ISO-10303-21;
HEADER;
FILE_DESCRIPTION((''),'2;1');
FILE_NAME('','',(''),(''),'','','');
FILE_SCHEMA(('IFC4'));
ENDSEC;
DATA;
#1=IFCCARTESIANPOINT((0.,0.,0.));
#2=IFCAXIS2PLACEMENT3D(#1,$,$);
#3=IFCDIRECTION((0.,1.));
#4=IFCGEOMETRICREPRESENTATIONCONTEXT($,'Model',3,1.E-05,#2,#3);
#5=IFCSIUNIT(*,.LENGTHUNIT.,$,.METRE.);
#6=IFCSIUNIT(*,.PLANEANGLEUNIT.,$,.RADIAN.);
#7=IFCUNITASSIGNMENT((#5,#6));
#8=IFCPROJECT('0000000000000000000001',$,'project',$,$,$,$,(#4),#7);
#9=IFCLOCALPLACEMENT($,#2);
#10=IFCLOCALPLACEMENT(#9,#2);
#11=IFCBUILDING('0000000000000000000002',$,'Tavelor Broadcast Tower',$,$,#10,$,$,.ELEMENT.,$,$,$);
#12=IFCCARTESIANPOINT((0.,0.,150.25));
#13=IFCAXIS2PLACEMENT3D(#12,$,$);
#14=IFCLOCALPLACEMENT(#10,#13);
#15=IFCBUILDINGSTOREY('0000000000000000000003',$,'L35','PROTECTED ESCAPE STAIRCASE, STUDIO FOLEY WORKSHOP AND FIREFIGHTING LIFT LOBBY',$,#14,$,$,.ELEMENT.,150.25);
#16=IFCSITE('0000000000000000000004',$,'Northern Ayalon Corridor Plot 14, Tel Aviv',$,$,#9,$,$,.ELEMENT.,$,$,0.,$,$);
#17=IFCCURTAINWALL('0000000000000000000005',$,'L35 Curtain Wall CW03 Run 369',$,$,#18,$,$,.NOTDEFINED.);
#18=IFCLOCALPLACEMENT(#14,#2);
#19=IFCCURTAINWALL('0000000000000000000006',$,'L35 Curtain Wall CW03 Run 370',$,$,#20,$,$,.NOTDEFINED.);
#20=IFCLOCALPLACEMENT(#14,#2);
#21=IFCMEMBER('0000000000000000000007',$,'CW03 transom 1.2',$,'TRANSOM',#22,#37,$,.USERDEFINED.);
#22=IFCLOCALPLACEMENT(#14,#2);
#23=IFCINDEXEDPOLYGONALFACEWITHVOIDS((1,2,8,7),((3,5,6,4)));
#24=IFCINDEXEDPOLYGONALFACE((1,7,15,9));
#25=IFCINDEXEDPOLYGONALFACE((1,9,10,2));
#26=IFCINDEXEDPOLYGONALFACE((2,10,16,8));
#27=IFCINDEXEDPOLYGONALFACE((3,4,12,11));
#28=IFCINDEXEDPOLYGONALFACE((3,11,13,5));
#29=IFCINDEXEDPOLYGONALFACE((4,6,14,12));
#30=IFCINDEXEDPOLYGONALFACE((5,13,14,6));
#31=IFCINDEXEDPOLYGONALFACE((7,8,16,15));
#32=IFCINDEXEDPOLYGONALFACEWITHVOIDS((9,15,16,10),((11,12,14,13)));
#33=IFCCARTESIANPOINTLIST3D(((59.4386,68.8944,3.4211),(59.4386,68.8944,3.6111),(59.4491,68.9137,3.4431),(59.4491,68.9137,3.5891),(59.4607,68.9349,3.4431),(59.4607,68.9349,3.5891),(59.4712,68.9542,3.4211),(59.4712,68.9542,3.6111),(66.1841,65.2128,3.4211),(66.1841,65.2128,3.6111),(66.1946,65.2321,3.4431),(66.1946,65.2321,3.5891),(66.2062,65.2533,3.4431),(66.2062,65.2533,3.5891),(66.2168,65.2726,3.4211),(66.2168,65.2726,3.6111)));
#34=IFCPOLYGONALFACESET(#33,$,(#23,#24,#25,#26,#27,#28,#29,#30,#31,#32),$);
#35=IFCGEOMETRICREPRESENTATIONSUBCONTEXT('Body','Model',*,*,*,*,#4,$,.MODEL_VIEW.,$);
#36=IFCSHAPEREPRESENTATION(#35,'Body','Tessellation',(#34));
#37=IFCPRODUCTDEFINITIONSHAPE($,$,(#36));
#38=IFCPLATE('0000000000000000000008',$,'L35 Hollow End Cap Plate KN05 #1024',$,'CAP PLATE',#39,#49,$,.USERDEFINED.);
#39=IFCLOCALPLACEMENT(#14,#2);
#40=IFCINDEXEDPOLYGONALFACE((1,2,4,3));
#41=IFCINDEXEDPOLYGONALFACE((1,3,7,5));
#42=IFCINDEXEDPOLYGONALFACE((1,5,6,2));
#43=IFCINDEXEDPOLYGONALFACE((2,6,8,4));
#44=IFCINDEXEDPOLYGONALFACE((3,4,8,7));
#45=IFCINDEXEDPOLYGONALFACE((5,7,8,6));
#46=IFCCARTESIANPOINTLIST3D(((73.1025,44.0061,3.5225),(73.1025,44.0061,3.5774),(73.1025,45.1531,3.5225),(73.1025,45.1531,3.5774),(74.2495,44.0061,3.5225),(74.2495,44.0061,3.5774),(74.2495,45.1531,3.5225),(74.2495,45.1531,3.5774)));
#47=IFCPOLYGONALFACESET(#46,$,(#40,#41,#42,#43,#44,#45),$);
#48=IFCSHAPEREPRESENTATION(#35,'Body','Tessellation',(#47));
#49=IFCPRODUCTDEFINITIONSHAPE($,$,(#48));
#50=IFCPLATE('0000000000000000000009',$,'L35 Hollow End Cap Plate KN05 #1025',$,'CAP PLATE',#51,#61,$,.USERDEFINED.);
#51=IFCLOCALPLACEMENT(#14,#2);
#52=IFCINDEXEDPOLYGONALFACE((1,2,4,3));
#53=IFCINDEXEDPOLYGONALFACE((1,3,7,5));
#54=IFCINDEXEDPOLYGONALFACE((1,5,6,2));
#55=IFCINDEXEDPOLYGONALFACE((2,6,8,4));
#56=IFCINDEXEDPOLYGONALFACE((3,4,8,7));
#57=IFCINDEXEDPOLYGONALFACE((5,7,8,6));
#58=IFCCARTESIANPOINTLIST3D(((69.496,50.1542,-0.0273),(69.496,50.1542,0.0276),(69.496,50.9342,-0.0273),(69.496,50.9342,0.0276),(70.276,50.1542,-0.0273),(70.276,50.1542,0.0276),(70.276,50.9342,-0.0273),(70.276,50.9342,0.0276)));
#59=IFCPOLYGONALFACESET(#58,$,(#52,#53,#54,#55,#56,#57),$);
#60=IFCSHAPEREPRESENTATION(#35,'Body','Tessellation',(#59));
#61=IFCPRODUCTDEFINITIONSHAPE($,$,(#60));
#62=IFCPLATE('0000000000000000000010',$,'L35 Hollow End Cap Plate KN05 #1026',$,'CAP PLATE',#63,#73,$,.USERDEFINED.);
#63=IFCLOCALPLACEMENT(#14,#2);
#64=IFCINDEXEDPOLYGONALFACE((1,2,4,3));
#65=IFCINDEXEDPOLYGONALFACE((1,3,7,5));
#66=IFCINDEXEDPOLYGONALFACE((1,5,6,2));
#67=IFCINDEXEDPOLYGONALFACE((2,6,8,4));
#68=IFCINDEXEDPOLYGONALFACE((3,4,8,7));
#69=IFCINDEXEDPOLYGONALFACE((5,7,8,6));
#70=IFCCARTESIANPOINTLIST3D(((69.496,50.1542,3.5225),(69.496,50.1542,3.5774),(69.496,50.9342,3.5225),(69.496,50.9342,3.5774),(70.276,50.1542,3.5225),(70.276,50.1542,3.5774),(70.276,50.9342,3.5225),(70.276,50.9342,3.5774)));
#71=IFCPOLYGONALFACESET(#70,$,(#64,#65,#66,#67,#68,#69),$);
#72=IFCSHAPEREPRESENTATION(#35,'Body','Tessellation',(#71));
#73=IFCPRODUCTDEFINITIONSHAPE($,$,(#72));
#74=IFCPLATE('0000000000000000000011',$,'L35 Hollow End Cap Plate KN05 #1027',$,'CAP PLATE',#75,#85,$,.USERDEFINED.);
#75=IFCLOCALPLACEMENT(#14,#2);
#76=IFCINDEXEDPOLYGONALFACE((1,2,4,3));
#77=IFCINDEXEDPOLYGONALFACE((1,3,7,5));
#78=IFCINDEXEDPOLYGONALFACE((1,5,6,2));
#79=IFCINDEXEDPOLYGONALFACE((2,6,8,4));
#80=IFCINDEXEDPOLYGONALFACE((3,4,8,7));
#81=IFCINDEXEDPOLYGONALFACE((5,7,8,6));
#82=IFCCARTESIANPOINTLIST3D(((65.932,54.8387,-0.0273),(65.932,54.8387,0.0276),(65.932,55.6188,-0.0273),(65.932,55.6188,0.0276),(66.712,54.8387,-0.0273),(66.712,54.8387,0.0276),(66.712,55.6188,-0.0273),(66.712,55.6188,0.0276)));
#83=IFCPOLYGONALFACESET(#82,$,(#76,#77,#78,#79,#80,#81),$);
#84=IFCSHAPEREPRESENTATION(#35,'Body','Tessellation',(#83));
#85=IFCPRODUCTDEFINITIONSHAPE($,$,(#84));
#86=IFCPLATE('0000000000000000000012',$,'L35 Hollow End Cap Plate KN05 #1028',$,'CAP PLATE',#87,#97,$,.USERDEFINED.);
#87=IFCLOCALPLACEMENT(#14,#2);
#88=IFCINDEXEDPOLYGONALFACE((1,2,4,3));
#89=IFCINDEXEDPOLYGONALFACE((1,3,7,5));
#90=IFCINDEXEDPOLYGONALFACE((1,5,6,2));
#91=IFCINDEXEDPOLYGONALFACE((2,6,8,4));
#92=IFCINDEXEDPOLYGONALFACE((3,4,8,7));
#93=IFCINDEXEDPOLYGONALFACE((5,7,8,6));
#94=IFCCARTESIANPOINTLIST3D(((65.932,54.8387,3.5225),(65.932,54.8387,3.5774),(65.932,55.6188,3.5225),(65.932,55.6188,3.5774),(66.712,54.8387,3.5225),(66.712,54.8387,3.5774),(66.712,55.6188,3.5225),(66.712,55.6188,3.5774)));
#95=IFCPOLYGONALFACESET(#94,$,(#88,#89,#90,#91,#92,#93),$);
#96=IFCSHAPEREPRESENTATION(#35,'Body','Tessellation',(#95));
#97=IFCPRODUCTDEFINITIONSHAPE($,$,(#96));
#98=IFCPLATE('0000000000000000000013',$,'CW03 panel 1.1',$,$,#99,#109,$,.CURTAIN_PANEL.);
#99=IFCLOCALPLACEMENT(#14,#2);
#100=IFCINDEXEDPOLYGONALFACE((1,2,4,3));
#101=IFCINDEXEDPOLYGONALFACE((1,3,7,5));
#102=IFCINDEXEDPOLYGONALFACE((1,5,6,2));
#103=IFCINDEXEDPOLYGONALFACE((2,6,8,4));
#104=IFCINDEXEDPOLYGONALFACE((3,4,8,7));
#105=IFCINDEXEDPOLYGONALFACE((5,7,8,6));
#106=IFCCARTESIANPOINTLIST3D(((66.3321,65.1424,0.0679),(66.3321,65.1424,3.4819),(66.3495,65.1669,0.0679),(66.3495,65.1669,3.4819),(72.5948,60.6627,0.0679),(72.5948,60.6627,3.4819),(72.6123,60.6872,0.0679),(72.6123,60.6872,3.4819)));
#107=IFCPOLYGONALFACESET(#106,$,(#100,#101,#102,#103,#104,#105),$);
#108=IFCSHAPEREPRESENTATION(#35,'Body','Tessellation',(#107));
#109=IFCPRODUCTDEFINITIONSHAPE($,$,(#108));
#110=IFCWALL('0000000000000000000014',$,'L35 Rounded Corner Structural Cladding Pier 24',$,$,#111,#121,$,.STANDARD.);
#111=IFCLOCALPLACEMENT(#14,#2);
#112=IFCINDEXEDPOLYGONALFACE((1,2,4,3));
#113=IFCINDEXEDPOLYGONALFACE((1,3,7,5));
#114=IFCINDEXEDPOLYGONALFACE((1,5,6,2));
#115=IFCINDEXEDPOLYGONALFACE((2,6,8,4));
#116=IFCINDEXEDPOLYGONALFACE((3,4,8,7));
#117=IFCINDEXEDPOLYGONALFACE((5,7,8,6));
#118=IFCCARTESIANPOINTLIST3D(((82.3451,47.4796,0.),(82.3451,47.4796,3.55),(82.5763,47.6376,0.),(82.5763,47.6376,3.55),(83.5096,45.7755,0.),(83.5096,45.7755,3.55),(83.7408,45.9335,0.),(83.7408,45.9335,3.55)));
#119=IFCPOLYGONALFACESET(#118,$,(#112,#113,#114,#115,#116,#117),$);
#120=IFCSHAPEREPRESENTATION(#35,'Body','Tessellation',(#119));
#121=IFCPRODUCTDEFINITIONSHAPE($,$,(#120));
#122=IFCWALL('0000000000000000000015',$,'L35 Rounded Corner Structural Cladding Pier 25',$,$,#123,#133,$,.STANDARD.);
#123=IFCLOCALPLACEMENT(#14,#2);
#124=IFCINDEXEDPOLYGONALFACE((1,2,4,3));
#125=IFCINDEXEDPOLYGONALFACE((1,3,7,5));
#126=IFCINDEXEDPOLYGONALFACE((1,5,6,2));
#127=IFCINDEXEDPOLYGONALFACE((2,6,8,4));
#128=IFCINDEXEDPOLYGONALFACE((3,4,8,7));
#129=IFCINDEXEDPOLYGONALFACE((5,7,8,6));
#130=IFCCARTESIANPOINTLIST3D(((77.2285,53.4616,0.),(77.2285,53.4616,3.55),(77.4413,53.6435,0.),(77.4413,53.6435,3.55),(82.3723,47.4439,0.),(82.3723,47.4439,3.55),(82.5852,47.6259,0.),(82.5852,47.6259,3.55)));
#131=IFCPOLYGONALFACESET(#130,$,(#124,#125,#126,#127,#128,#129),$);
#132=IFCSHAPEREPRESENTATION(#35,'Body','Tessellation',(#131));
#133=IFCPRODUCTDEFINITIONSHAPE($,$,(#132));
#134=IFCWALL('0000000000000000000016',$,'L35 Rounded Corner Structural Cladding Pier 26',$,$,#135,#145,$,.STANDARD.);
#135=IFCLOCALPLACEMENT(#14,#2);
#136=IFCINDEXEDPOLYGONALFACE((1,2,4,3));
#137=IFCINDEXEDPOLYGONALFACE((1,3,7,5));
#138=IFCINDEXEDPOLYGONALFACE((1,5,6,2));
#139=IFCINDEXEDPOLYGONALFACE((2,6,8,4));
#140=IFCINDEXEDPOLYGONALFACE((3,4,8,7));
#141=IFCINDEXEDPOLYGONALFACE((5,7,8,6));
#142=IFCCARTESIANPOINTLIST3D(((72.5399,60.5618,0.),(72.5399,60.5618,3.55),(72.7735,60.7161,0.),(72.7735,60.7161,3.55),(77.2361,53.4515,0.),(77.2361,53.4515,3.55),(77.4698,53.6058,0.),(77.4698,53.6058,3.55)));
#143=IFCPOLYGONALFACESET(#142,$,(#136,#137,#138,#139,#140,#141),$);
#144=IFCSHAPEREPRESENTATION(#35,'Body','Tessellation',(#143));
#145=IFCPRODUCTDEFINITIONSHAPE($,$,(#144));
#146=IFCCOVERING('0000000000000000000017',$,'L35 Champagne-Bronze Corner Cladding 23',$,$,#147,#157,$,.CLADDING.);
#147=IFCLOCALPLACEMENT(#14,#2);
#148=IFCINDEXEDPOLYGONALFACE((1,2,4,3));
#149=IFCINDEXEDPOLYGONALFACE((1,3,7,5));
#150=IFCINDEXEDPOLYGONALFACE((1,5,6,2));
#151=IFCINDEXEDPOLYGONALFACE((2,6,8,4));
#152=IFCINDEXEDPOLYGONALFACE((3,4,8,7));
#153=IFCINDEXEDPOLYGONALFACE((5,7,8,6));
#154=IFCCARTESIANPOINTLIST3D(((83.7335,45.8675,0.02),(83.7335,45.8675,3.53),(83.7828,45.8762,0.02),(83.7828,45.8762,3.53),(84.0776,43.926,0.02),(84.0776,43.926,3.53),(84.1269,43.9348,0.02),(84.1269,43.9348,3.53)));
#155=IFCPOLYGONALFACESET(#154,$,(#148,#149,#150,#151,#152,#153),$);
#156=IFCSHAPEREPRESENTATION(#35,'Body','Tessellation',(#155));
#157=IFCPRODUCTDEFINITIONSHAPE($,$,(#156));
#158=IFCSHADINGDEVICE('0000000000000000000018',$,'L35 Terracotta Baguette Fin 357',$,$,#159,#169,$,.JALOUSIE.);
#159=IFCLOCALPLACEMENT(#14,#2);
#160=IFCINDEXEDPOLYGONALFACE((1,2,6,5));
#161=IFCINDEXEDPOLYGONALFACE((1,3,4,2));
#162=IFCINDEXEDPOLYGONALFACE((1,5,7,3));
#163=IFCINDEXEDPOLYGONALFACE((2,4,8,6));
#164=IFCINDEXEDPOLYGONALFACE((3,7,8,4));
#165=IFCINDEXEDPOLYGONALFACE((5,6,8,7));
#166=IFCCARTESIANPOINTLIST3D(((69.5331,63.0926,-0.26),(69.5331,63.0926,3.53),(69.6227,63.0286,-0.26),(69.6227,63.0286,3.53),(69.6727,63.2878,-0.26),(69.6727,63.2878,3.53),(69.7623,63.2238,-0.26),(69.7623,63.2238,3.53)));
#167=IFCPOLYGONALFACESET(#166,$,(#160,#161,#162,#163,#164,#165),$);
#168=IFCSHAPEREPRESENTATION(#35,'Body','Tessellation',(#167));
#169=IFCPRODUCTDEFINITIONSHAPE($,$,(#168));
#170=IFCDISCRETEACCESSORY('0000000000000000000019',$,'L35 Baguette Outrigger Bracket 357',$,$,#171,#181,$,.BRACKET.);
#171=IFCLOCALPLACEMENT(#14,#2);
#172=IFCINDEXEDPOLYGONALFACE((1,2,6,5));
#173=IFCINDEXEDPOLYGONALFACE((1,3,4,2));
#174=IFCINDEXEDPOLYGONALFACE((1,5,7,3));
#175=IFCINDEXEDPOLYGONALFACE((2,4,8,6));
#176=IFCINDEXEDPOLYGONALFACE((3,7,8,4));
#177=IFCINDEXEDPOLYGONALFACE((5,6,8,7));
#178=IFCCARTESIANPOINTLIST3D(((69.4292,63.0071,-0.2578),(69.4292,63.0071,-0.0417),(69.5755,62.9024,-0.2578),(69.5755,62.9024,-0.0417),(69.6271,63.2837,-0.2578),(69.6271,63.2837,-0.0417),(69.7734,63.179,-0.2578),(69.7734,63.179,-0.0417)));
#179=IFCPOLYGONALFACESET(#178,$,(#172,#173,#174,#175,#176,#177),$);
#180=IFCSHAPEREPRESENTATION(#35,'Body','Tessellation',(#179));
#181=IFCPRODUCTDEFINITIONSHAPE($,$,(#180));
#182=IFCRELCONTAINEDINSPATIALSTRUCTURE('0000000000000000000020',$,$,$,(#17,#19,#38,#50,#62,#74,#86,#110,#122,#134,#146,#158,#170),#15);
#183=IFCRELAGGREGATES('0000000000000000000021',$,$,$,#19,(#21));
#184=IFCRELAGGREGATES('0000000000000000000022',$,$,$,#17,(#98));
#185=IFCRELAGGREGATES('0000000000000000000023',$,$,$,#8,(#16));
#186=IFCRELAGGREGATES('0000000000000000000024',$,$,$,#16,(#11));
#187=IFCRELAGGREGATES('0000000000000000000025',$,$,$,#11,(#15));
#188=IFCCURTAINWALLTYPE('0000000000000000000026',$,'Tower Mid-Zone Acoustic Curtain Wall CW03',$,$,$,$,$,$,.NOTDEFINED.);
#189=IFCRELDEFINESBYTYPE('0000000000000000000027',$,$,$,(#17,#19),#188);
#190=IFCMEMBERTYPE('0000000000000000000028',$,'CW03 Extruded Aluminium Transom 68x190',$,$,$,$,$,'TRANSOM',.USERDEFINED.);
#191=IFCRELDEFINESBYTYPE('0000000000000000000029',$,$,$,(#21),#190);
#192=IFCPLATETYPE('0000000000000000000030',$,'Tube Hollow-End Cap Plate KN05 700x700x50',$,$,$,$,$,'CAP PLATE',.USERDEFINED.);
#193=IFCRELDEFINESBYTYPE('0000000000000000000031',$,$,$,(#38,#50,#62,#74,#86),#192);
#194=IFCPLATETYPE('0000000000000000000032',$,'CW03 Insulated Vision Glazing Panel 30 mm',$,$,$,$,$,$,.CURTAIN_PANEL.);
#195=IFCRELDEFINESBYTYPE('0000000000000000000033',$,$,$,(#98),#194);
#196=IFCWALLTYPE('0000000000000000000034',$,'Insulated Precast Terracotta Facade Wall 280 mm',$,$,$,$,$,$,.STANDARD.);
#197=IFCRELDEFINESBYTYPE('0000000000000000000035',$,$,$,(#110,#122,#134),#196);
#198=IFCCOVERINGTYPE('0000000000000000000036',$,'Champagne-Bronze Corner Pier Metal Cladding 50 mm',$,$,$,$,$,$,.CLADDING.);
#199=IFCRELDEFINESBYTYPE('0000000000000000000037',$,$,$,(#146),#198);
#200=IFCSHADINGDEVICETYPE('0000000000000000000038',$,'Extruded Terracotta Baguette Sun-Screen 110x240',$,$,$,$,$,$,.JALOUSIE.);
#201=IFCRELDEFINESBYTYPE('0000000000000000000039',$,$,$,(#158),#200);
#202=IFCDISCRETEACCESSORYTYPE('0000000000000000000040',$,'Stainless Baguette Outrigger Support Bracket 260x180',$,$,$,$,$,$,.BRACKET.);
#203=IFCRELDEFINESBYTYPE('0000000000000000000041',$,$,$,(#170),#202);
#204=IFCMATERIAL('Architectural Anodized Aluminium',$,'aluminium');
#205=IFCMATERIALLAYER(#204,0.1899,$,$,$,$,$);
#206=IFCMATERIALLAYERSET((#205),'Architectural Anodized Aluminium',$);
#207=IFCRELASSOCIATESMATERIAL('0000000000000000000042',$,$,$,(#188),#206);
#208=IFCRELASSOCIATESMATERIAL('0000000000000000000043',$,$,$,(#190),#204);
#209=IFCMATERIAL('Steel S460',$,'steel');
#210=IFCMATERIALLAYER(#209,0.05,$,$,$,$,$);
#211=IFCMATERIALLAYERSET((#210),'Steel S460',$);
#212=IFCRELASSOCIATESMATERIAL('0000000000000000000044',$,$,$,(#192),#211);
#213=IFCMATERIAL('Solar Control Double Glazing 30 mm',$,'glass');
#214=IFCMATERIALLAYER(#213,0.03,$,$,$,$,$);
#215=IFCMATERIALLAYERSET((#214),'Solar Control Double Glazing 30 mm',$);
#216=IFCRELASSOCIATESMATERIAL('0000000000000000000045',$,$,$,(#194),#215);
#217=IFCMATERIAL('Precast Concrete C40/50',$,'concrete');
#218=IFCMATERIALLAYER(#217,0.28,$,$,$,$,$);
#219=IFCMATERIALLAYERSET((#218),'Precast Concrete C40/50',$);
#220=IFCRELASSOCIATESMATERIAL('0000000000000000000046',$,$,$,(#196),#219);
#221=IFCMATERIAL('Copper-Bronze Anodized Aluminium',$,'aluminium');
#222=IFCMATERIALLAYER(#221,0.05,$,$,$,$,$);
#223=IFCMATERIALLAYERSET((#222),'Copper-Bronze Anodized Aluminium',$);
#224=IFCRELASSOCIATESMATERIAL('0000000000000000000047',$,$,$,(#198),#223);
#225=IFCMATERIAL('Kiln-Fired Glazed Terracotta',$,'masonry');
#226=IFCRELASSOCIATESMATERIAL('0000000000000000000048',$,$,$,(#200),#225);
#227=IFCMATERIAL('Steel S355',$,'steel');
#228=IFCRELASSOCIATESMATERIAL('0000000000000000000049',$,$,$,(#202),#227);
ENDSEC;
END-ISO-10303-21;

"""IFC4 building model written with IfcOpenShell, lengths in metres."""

from ifc_helpers import new_model, si_unit, direction, frame, frame_2d, origin, origin_2d, place, context, subcontext, project, spatial, rectangle, hollow_rectangle, extrude, source, transform, mapped, material, layer, layer_set, material_profile, profile_set, type_object, type_shapes, element, aggregate, save


model = new_model("IFC4")

# Units and contexts
model_context = context("Model", 3, precision=1e-05, world=origin(), true_north=direction((0.0, 1.0)))
body_context = subcontext(model_context, "Body", "Model", "MODEL_VIEW")
ifc_project = project(units=[si_unit("LENGTHUNIT", "METRE"), si_unit("PLANEANGLEUNIT", "RADIAN")], contexts=[model_context])

# Site, building, storey
site_placement = place(None, origin())
site = spatial("IfcSite", under=ifc_project, at=site_placement, Name="Northern Ayalon Corridor Plot 14, Tel Aviv", CompositionType="ELEMENT", RefElevation=0.0)
building_placement = place(site_placement, origin())
building = spatial("IfcBuilding", under=site, at=building_placement, Name="Tavelor Broadcast Tower", CompositionType="ELEMENT")
storey_placement = place(building_placement, frame((0.0, 0.0, 150.25)))
storey = spatial("IfcBuildingStorey", under=building, at=storey_placement, Name="L35", Description="PROTECTED ESCAPE STAIRCASE, STUDIO FOLEY WORKSHOP AND FIREFIGHTING LIFT LOBBY", CompositionType="ELEMENT", Elevation=150.25)

# Shared definitions
ifc_material_1 = material(Name="Steel S460", Category="steel")

# Shared definitions
ifc_material_2 = material(Name="Steel S355", Category="steel")

# Curtain wall
ifc_material_3 = material(Name="Architectural Anodized Aluminium", Category="aluminium")
ifc_layer_1 = layer(ifc_material_3, 0.1899)
ifc_layer_set_1 = layer_set([ifc_layer_1], Name="Architectural Anodized Aluminium")
curtain_wall_type = type_object("IfcCurtainWallType", Name="Tower Mid-Zone Acoustic Curtain Wall CW03", PredefinedType="NOTDEFINED", material=ifc_layer_set_1)
curtain_wall_1_placement = place(storey_placement, origin())
curtain_wall_1 = element("IfcCurtainWall", 1, at=curtain_wall_1_placement, inside=storey, type_object=curtain_wall_type, Name="L35 Curtain Wall CW03 Run 369", PredefinedType="NOTDEFINED")

# Curtain wall
curtain_wall_2_placement = place(storey_placement, origin())
curtain_wall_2 = element("IfcCurtainWall", 2, at=curtain_wall_2_placement, inside=storey, type_object=curtain_wall_type, Name="L35 Curtain Wall CW03 Run 370", PredefinedType="NOTDEFINED")

# Member
ifc_material_profile_1 = material_profile(ifc_material_3, hollow_rectangle(XDim=0.0681, YDim=0.1899, WallThickness=0.022, at=origin_2d()), Name="RHS 68x190x22")
ifc_profile_set_1 = profile_set([ifc_material_profile_1], Name="Architectural Anodized Aluminium")
member_type_1 = type_object("IfcMemberType", Name="CW03 Extruded Aluminium Transom 68x190", ElementType="TRANSOM", PredefinedType="USERDEFINED", material=ifc_profile_set_1)
shared_shape_1 = source(origin(), body_context, "Body", "SweptSolid", [
    extrude(hollow_rectangle(XDim=0.0681, YDim=0.1899, WallThickness=0.022, at=origin_2d()), origin(), (0.0, 0.0, 1.0), 7.6848),
])
member_1_placement = place(storey_placement, frame((66.2004, 65.2427, 3.5161), z_axis=(-0.877774, 0.479075, 0.0), x_axis=(-0.479075, -0.877774, 0.0)))
member_1 = element("IfcMember", 3, at=member_1_placement, type_object=member_type_1, Name="CW03 transom 1.2", ObjectType="TRANSOM", PredefinedType="USERDEFINED", context=body_context, shape_type="MappedRepresentation", body=[
    mapped(shared_shape_1, transform((0.0, 0.0, 0.0), scale=1.0)),
])
aggregate(curtain_wall_2, [member_1])

# Plates
ifc_layer_2 = layer(ifc_material_1, 0.05)
ifc_layer_set_2 = layer_set([ifc_layer_2], Name="Steel S460")
plate_type_1 = type_object("IfcPlateType", Name="Tube Hollow-End Cap Plate KN05 700x700x50", ElementType="CAP PLATE", PredefinedType="USERDEFINED", material=ifc_layer_set_2)
shared_shape_2 = source(origin(), body_context, "Body", "SweptSolid", [
    extrude(rectangle(XDim=1.147, YDim=1.147, at=origin_2d()), origin(), (0.0, 0.0, 1.0), 0.0549),
])
plate_1_placement = place(storey_placement, frame((73.676, 44.5796, 3.5225), z_axis=(0.0, 0.0, 1.0), x_axis=(1.0, 0.0, 0.0)))
element("IfcPlate", 4, at=plate_1_placement, inside=storey, type_object=plate_type_1, Name="L35 Hollow End Cap Plate KN05 #1024", ObjectType="CAP PLATE", PredefinedType="USERDEFINED", context=body_context, shape_type="MappedRepresentation", body=[
    mapped(shared_shape_2, transform((0.0, 0.0, 0.0), scale=1.0)),
])
shared_shape_3 = source(origin(), body_context, "Body", "SweptSolid", [
    extrude(rectangle(XDim=0.78, YDim=0.78, at=origin_2d()), origin(), (0.0, 0.0, 1.0), 0.0549),
])
type_shapes(plate_type_1, [shared_shape_2, shared_shape_3])
for number, where, z_axis, x_axis, name in (
    (5, (69.886, 50.5442, -0.0273), (0.0, 0.0, 1.0), (1.0, 0.0, 0.0), "L35 Hollow End Cap Plate KN05 #1025"),
    (6, (69.886, 50.5442, 3.5225), (0.0, 0.0, 1.0), (1.0, 0.0, 0.0), "L35 Hollow End Cap Plate KN05 #1026"),
    (7, (66.322, 55.2288, -0.0273), (0.0, 0.0, 1.0), (1.0, 0.0, 0.0), "L35 Hollow End Cap Plate KN05 #1027"),
    (8, (66.322, 55.2288, 3.5225), (0.0, 0.0, 1.0), (1.0, 0.0, 0.0), "L35 Hollow End Cap Plate KN05 #1028"),
):
    element("IfcPlate", number, at=place(storey_placement, frame(where, z_axis=z_axis, x_axis=x_axis)), inside=storey, type_object=plate_type_1, Name=name, ObjectType="CAP PLATE", PredefinedType="USERDEFINED", context=body_context, shape_type="MappedRepresentation", body=[
        mapped(shared_shape_3, transform((0.0, 0.0, 0.0), scale=1.0)),
    ])

# Plate
ifc_material_4 = material(Name="Solar Control Double Glazing 30 mm", Category="glass")
ifc_layer_3 = layer(ifc_material_4, 0.03)
ifc_layer_set_3 = layer_set([ifc_layer_3], Name="Solar Control Double Glazing 30 mm")
plate_type_2 = type_object("IfcPlateType", Name="CW03 Insulated Vision Glazing Panel 30 mm", PredefinedType="CURTAIN_PANEL", material=ifc_layer_set_3)
shared_shape_4 = source(origin(), body_context, "Body", "SweptSolid", [
    extrude(rectangle(XDim=7.7, YDim=0.03, at=origin_2d()), origin(), (0.0, 0.0, 1.0), 3.4141),
])
type_shapes(plate_type_2, [shared_shape_4])
plate_2_placement = place(storey_placement, frame((69.4722, 62.9148, 0.0679), z_axis=(0.0, 0.0, 1.0), x_axis=(-0.813344, 0.581783, 0.0)))
plate_2 = element("IfcPlate", 9, at=plate_2_placement, type_object=plate_type_2, Name="CW03 panel 1.1", PredefinedType="CURTAIN_PANEL", context=body_context, shape_type="MappedRepresentation", body=[
    mapped(shared_shape_4, transform((0.0, 0.0, 0.0), scale=1.0)),
])
aggregate(curtain_wall_1, [plate_2])

# Walls
ifc_material_5 = material(Name="Precast Concrete C40/50", Category="concrete")
ifc_layer_4 = layer(ifc_material_5, 0.28)
ifc_layer_set_4 = layer_set([ifc_layer_4], Name="Precast Concrete C40/50")
wall_type = type_object("IfcWallType", Name="Insulated Precast Terracotta Facade Wall 280 mm", PredefinedType="STANDARD", material=ifc_layer_set_4)
wall_1_placement = place(storey_placement, frame((83.6252, 45.8545, 0.0), z_axis=(0.0, 0.0, 1.0), x_axis=(-0.564217, 0.825626, 0.0)))
element("IfcWall", 10, at=wall_1_placement, inside=storey, type_object=wall_type, Name="L35 Rounded Corner Structural Cladding Pier 24", PredefinedType="STANDARD", context=body_context, shape_type="SweptSolid", body=[
    extrude(rectangle(XDim=2.064, YDim=0.28, at=frame_2d((1.032, 0.0))), origin(), (0.0, 0.0, 1.0), 3.55),
])
wall_2_placement = place(storey_placement, frame((82.4788, 47.5349, 0.0), z_axis=(0.0, 0.0, 1.0), x_axis=(-0.649762, 0.760138, 0.0)))
element("IfcWall", 11, at=wall_2_placement, inside=storey, type_object=wall_type, Name="L35 Rounded Corner Structural Cladding Pier 25", PredefinedType="STANDARD", context=body_context, shape_type="SweptSolid", body=[
    extrude(rectangle(XDim=7.9165, YDim=0.28, at=frame_2d((3.9583, 0.0))), origin(), (0.0, 0.0, 1.0), 3.55),
])
wall_3_placement = place(storey_placement, frame((77.353, 53.5286, 0.0), z_axis=(0.0, 0.0, 1.0), x_axis=(-0.551125, 0.834423, 0.0)))
element("IfcWall", 12, at=wall_3_placement, inside=storey, type_object=wall_type, Name="L35 Rounded Corner Structural Cladding Pier 26", PredefinedType="STANDARD", context=body_context, shape_type="SweptSolid", body=[
    extrude(rectangle(XDim=8.5212, YDim=0.28, at=frame_2d((4.2607, 0.0))), origin(), (0.0, 0.0, 1.0), 3.55),
])

# Covering
ifc_material_6 = material(Name="Copper-Bronze Anodized Aluminium", Category="aluminium")
ifc_layer_5 = layer(ifc_material_6, 0.05)
ifc_layer_set_5 = layer_set([ifc_layer_5], Name="Copper-Bronze Anodized Aluminium")
covering_type = type_object("IfcCoveringType", Name="Champagne-Bronze Corner Pier Metal Cladding 50 mm", PredefinedType="CLADDING", material=ifc_layer_set_5)
covering_placement = place(storey_placement, frame((83.9302, 44.9011, 0.02), z_axis=(0.0, 0.0, 1.0), x_axis=(-0.174508, 0.984656, 0.0)))
element("IfcCovering", 13, at=covering_placement, inside=storey, type_object=covering_type, Name="L35 Champagne-Bronze Corner Cladding 23", PredefinedType="CLADDING", context=body_context, shape_type="SweptSolid", body=[
    extrude(rectangle(XDim=1.9717, YDim=0.05, at=origin_2d()), origin(), (0.0, 0.0, 1.0), 3.51),
])

# Shading device
ifc_material_7 = material(Name="Kiln-Fired Glazed Terracotta", Category="masonry")
shading_device_type = type_object("IfcShadingDeviceType", Name="Extruded Terracotta Baguette Sun-Screen 110x240", PredefinedType="JALOUSIE", material=ifc_material_7)
shared_shape_5 = source(origin(), body_context, "Body", "SweptSolid", [
    extrude(rectangle(XDim=0.1101, YDim=0.24, at=origin_2d()), origin(), (0.0, 0.0, 1.0), 3.79),
])
type_shapes(shading_device_type, [shared_shape_5])
shading_device_placement = place(storey_placement, frame((69.6477, 63.1582, -0.26), z_axis=(0.0, 0.0, 1.0), x_axis=(-0.813304, 0.581839, 0.0)))
element("IfcShadingDevice", 14, at=shading_device_placement, inside=storey, type_object=shading_device_type, Name="L35 Terracotta Baguette Fin 357", PredefinedType="JALOUSIE", context=body_context, shape_type="MappedRepresentation", body=[
    mapped(shared_shape_5, transform((0.0, 0.0, 0.0), scale=1.0)),
])

# Discrete accessory
discrete_accessory_type = type_object("IfcDiscreteAccessoryType", Name="Stainless Baguette Outrigger Support Bracket 260x180", PredefinedType="BRACKET", material=ifc_material_2)
shared_shape_6 = source(origin(), body_context, "Body", "SweptSolid", [
    extrude(rectangle(XDim=0.1799, YDim=0.3401, at=origin_2d()), origin(), (0.0, 0.0, 1.0), 0.2161),
])
type_shapes(discrete_accessory_type, [shared_shape_6])
discrete_accessory_placement = place(storey_placement, frame((69.6013, 63.093, -0.2578), z_axis=(0.0, 0.0, 1.0), x_axis=(-0.813304, 0.581839, 0.0)))
element("IfcDiscreteAccessory", 15, at=discrete_accessory_placement, inside=storey, type_object=discrete_accessory_type, Name="L35 Baguette Outrigger Bracket 357", PredefinedType="BRACKET", context=body_context, shape_type="MappedRepresentation", body=[
    mapped(shared_shape_6, transform((0.0, 0.0, 0.0), scale=1.0)),
])

save(model, "model.ifc")
